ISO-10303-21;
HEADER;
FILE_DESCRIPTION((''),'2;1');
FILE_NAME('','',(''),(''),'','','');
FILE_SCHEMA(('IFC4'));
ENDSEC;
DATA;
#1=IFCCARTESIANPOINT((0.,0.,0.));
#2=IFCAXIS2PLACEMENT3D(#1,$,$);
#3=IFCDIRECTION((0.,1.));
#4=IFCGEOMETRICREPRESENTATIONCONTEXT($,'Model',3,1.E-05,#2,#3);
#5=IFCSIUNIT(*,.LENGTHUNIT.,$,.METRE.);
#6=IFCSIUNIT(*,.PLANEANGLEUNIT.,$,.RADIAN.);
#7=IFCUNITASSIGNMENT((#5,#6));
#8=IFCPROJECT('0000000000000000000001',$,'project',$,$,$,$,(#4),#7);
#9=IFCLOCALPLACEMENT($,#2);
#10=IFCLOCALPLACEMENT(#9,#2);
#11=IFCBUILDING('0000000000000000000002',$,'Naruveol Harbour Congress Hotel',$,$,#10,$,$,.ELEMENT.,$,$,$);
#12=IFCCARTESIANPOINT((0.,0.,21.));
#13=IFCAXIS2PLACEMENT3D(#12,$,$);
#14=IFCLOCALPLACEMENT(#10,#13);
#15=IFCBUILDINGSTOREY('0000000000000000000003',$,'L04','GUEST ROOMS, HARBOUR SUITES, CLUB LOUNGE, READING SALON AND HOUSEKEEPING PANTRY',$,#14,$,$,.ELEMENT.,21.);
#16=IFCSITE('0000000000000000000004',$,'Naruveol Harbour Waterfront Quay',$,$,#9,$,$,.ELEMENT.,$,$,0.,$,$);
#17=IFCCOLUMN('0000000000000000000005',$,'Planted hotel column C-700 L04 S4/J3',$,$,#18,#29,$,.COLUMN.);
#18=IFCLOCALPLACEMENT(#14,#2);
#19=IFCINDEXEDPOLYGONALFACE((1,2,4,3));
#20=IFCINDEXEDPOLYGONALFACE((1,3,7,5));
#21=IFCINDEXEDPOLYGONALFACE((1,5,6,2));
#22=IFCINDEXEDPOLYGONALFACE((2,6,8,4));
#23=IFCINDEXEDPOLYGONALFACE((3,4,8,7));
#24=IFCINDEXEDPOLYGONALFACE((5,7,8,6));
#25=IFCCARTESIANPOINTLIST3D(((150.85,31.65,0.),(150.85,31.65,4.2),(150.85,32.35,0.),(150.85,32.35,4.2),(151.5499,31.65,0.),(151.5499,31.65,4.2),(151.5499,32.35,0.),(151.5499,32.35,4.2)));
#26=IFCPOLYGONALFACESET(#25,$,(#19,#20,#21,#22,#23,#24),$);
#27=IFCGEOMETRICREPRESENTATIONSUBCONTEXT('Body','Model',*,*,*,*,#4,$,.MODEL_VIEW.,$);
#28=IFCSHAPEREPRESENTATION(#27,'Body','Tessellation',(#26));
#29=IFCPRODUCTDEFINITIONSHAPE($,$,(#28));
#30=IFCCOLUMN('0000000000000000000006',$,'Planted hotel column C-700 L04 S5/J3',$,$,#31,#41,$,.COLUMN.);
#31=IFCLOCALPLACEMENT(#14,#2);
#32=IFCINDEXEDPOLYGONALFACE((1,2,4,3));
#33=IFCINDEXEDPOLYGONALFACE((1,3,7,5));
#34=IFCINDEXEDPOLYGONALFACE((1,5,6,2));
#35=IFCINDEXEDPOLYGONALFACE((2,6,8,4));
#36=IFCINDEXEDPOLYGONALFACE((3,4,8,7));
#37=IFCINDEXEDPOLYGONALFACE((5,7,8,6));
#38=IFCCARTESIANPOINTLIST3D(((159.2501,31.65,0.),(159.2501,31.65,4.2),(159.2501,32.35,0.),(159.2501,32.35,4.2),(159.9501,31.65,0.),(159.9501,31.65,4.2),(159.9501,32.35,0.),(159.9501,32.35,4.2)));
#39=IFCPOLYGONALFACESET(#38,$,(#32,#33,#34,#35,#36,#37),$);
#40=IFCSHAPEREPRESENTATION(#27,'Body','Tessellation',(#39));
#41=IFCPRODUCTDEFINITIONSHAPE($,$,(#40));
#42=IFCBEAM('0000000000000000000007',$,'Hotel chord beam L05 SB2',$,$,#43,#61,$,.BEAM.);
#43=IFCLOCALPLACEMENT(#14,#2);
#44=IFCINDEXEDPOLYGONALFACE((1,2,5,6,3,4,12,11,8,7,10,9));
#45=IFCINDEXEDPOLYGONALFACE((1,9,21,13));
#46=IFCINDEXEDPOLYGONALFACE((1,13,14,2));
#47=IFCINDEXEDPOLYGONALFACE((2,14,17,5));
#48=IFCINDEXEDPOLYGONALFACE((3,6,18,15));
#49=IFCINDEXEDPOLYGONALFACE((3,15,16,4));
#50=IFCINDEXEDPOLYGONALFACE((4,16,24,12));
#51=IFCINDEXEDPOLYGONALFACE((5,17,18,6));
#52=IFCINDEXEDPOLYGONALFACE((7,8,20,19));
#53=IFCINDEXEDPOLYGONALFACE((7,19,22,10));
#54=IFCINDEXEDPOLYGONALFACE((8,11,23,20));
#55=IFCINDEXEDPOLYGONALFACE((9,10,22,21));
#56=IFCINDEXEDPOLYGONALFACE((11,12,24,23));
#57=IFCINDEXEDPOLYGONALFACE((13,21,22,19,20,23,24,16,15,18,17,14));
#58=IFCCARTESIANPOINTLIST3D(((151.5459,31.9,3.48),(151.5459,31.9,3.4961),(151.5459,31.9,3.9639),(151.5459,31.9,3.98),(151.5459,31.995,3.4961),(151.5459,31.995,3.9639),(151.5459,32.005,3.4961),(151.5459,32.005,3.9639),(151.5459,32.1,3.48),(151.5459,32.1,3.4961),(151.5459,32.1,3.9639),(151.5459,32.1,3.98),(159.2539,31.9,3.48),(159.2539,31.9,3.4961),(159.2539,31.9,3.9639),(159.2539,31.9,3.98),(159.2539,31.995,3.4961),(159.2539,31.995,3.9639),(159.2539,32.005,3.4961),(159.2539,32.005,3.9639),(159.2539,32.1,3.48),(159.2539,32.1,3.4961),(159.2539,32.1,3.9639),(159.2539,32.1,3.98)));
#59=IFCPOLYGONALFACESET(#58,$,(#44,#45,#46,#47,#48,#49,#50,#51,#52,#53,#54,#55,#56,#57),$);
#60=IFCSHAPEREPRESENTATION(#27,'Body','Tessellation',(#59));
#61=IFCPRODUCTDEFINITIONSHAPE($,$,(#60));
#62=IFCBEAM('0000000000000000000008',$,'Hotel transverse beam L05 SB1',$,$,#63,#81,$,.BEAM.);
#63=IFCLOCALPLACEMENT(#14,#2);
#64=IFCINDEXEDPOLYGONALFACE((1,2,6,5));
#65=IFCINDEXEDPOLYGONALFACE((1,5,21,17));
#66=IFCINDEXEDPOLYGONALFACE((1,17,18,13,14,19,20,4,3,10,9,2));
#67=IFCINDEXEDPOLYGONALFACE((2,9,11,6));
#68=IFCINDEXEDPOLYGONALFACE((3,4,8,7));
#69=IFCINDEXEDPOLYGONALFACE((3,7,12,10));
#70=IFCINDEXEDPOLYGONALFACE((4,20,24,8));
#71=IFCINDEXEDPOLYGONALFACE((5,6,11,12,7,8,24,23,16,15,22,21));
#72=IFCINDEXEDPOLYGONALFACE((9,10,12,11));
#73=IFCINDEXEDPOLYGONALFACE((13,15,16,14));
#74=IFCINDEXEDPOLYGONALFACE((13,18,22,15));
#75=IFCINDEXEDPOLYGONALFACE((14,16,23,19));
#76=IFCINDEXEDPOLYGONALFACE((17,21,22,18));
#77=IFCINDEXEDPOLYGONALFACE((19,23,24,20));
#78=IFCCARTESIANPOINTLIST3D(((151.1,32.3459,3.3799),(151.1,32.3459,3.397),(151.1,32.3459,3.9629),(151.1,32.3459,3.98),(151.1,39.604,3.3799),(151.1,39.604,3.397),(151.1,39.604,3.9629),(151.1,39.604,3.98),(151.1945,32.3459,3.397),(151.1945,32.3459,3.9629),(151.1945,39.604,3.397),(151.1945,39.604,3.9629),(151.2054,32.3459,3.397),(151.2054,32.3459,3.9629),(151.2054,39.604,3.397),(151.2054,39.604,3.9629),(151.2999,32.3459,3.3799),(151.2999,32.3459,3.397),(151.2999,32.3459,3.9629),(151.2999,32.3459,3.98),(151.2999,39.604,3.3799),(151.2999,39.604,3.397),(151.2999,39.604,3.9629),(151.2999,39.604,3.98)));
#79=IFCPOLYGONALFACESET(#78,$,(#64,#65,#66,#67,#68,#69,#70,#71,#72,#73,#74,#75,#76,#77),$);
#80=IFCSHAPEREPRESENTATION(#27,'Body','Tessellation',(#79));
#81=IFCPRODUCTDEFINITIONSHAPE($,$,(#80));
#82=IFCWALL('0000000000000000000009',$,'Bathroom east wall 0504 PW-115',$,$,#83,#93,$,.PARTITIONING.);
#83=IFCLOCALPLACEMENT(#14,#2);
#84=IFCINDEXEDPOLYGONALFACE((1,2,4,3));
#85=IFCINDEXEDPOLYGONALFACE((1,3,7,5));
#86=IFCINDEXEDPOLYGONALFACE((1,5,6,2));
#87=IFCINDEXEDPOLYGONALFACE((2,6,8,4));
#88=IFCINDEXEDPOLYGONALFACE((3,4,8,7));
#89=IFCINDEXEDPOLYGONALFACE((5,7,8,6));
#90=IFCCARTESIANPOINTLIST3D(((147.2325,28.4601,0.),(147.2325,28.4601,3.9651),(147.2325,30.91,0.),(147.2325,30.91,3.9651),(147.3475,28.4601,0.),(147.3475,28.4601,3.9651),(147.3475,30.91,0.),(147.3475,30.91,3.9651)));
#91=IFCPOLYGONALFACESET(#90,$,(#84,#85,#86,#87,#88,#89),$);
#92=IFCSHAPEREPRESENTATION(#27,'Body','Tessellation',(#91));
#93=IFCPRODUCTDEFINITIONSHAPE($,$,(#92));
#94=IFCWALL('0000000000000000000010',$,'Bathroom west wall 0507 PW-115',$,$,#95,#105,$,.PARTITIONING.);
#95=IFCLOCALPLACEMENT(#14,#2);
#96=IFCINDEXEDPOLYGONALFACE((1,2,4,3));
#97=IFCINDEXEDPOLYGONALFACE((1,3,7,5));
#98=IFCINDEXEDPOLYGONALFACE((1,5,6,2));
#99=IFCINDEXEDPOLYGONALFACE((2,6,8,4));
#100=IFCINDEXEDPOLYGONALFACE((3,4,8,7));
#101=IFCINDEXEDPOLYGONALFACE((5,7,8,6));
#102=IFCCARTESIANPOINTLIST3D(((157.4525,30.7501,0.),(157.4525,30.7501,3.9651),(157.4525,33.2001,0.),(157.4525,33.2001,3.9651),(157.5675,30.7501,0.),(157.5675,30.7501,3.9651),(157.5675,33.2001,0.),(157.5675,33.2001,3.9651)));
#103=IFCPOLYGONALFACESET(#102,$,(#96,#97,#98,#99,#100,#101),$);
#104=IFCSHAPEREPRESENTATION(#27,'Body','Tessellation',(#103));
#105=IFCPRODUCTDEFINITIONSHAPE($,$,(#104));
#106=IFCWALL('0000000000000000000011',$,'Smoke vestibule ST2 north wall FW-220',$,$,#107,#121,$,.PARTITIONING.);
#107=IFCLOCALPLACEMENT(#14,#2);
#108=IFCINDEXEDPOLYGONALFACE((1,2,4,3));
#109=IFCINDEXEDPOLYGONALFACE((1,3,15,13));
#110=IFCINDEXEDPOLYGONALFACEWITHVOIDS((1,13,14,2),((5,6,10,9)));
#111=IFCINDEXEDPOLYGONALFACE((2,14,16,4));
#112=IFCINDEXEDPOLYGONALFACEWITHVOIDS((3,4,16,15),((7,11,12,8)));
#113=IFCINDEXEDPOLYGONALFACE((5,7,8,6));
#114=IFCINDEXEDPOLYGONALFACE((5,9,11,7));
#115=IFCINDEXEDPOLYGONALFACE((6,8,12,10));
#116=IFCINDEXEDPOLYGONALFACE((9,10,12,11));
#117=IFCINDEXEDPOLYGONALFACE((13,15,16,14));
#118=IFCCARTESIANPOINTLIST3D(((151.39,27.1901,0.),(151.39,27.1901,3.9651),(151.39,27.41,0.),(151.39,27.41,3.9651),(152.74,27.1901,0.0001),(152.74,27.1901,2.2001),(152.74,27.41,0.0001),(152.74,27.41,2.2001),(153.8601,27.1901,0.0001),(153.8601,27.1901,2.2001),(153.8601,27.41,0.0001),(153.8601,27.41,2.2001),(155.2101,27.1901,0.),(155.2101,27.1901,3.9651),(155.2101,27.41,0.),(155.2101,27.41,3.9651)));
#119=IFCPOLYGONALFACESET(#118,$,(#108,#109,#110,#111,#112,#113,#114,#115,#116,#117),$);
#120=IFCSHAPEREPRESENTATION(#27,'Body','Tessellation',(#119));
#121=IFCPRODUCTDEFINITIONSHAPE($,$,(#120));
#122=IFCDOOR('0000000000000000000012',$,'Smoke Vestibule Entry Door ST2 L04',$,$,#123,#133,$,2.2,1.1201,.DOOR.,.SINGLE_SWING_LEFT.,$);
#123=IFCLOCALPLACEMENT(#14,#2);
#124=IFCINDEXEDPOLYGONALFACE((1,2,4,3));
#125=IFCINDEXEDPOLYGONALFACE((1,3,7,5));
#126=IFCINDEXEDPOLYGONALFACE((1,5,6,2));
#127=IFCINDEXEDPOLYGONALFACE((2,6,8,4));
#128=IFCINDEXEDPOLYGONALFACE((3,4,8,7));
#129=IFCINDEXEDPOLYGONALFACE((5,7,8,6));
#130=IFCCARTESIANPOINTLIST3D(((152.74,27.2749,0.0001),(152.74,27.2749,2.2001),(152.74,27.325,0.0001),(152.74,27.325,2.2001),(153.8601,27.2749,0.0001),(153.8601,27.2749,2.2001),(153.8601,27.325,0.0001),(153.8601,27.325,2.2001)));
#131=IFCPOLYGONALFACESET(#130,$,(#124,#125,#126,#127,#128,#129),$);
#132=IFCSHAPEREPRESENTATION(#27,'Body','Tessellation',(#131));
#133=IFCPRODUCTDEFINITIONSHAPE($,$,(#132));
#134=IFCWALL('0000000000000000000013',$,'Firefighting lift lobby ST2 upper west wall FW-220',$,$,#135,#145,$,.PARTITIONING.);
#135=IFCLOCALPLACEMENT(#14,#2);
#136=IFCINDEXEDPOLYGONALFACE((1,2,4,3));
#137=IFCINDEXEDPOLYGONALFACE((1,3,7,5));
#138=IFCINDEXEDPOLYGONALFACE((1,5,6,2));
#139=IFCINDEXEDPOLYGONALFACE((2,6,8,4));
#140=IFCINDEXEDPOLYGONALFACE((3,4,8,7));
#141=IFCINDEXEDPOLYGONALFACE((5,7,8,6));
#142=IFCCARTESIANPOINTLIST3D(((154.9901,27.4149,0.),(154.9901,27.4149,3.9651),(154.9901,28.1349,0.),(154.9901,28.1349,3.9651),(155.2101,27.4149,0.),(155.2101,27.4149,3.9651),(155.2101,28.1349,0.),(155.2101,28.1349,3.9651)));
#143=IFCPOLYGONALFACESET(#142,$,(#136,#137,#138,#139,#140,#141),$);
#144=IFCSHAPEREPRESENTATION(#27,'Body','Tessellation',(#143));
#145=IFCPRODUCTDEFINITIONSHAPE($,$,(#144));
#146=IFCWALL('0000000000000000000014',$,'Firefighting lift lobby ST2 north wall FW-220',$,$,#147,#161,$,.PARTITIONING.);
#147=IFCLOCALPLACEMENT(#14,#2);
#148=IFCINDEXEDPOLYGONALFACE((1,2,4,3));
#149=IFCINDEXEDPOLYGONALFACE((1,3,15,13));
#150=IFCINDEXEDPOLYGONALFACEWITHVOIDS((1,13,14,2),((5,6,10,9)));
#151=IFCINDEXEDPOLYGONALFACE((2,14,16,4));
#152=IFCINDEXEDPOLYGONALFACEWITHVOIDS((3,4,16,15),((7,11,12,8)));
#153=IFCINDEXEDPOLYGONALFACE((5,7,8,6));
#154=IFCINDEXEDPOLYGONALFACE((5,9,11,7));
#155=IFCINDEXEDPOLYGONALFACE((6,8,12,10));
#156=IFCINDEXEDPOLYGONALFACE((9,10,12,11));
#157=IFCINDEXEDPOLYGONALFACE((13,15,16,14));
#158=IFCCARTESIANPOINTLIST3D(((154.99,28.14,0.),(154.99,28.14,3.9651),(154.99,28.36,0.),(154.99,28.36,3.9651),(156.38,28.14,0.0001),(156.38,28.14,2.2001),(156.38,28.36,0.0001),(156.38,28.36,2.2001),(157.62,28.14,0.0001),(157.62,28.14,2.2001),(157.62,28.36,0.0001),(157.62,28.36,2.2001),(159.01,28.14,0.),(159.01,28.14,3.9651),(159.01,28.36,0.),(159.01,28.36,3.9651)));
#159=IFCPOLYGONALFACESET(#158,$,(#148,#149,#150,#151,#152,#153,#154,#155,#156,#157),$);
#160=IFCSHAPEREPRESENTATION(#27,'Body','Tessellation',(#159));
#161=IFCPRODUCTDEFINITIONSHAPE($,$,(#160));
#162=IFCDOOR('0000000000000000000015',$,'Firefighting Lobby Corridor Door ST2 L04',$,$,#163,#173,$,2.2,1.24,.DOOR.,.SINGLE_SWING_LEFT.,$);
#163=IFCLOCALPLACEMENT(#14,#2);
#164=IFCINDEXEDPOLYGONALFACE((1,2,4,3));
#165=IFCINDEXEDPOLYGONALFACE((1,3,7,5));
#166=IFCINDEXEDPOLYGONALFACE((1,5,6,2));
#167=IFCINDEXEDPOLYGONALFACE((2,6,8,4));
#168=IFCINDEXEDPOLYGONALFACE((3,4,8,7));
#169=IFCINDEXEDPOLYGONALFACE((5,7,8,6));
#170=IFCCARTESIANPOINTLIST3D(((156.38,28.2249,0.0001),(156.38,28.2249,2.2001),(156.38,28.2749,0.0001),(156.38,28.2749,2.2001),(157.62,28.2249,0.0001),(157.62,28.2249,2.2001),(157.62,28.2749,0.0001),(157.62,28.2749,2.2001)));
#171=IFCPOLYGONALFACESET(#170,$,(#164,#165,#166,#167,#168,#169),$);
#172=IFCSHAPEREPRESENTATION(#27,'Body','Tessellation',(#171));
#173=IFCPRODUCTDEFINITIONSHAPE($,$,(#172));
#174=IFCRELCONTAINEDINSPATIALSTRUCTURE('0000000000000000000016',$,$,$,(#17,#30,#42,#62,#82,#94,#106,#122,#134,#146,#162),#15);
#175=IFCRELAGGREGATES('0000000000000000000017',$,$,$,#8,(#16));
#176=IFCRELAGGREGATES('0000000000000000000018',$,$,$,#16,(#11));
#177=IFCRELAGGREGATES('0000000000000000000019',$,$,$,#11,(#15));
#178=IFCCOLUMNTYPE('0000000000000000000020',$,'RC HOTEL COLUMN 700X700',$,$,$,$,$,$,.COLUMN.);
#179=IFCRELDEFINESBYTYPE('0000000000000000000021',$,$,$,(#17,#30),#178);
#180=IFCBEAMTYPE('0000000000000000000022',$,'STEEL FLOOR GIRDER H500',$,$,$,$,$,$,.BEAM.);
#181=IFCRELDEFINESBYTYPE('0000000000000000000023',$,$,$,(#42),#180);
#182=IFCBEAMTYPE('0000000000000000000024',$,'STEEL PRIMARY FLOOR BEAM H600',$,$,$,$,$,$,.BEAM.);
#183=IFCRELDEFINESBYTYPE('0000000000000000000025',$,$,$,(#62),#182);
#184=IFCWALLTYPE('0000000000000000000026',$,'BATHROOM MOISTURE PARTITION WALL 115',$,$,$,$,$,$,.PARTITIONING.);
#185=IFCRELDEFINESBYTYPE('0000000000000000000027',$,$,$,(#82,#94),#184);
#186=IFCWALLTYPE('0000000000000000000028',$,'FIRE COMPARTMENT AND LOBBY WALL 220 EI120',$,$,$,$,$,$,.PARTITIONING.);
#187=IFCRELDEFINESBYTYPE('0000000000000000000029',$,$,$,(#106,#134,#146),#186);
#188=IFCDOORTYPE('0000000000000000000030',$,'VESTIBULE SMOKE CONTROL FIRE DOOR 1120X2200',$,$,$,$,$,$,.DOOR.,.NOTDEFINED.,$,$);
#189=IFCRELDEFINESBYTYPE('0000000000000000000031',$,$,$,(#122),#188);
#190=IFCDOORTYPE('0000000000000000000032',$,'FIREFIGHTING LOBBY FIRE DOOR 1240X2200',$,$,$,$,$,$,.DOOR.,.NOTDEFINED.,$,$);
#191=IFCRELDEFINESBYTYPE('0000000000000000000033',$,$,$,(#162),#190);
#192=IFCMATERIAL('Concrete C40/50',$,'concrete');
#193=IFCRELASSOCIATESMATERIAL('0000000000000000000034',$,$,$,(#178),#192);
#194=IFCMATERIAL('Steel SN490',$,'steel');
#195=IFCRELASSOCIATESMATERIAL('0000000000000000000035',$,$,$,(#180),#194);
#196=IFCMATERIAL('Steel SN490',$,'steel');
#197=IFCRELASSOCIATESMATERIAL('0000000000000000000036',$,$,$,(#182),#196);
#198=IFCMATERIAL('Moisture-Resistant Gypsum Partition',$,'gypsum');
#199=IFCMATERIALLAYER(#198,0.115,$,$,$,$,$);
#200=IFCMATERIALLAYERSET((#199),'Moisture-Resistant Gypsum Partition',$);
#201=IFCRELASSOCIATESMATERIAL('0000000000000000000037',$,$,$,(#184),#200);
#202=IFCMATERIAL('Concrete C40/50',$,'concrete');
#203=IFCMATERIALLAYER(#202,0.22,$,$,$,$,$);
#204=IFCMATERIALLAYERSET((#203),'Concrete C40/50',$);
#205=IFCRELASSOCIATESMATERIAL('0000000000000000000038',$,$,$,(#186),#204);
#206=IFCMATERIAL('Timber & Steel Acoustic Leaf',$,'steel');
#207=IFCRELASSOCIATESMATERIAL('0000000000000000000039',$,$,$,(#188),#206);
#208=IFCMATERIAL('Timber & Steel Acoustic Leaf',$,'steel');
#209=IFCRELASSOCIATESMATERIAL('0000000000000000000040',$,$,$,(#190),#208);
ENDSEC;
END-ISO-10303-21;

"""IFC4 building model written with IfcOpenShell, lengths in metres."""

from ifc_helpers import new_model, si_unit, direction, frame, frame_2d, origin, origin_2d, place, context, subcontext, project, spatial, rectangle, i_section, extrude, material, layer, layer_set, material_profile, profile_set, type_object, element, fill, save


model = new_model("IFC4")

# Units and contexts
model_context = context("Model", 3, precision=1e-05, world=origin(), true_north=direction((0.0, 1.0)))
body_context = subcontext(model_context, "Body", "Model", "MODEL_VIEW")
ifc_project = project(units=[si_unit("LENGTHUNIT", "METRE"), si_unit("PLANEANGLEUNIT", "RADIAN")], contexts=[model_context])

# Site, building, storey
site_placement = place(None, origin())
site = spatial("IfcSite", under=ifc_project, at=site_placement, Name="Naruveol Harbour Waterfront Quay", CompositionType="ELEMENT", RefElevation=0.0)
building_placement = place(site_placement, origin())
building = spatial("IfcBuilding", under=site, at=building_placement, Name="Naruveol Harbour Congress Hotel", CompositionType="ELEMENT")
storey_placement = place(building_placement, frame((0.0, 0.0, 21.0)))
storey = spatial("IfcBuildingStorey", under=building, at=storey_placement, Name="L04", Description="GUEST ROOMS, HARBOUR SUITES, CLUB LOUNGE, READING SALON AND HOUSEKEEPING PANTRY", CompositionType="ELEMENT", Elevation=21.0)

# Columns
ifc_material_1 = material(Name="Concrete C40/50", Category="concrete")
ifc_material_profile_1 = material_profile(ifc_material_1, rectangle(XDim=0.7, YDim=0.7, at=origin_2d()), Name="RC-700x700")
ifc_profile_set_1 = profile_set([ifc_material_profile_1], Name="Concrete C40/50")
column_type = type_object("IfcColumnType", Name="RC HOTEL COLUMN 700X700", PredefinedType="COLUMN", material=ifc_profile_set_1)
for number, where, z_axis, x_axis, name in (
    (1, (151.2, 32.0, 0.0), (0.0, 0.0, 1.0), (1.0, 0.0, 0.0), "Planted hotel column C-700 L04 S4/J3"),
    (2, (159.6001, 32.0, 0.0), (0.0, 0.0, 1.0), (1.0, 0.0, 0.0), "Planted hotel column C-700 L04 S5/J3"),
):
    element("IfcColumn", number, at=place(storey_placement, frame(where, z_axis=z_axis, x_axis=x_axis)), inside=storey, type_object=column_type, Name=name, PredefinedType="COLUMN", context=body_context, shape_type="SweptSolid", body=[
        extrude(rectangle(XDim=0.7, YDim=0.7, at=origin_2d()), origin(), (0.0, 0.0, 1.0), 4.2),
    ])

# Beams
ifc_material_2 = material(Name="Steel SN490", Category="steel")
ifc_material_profile_2 = material_profile(ifc_material_2, i_section(OverallWidth=0.2, OverallDepth=0.5, WebThickness=0.01, FlangeThickness=0.0161, at=origin_2d()), Name="H-500x200x10x16")
ifc_profile_set_2 = profile_set([ifc_material_profile_2], Name="Steel SN490")
beam_type_1 = type_object("IfcBeamType", Name="STEEL FLOOR GIRDER H500", PredefinedType="BEAM", material=ifc_profile_set_2)
beam_1_placement = place(storey_placement, frame((151.5459, 32.0, 3.73), z_axis=(1.0, 0.0, 0.0), x_axis=(0.0, 1.0, 0.0)))
element("IfcBeam", 3, at=beam_1_placement, inside=storey, type_object=beam_type_1, Name="Hotel chord beam L05 SB2", PredefinedType="BEAM", context=body_context, shape_type="SweptSolid", body=[
    extrude(i_section(OverallWidth=0.2, OverallDepth=0.5, WebThickness=0.01, FlangeThickness=0.0161, at=origin_2d()), origin(), (0.0, 0.0, 1.0), 7.708),
])
ifc_material_3 = material(Name="Steel SN490", Category="steel")
ifc_material_profile_3 = material_profile(ifc_material_3, i_section(OverallWidth=0.2, OverallDepth=0.6001, WebThickness=0.011, FlangeThickness=0.0171, at=origin_2d()), Name="H-600x200x11x17")
ifc_profile_set_3 = profile_set([ifc_material_profile_3], Name="Steel SN490")
beam_type_2 = type_object("IfcBeamType", Name="STEEL PRIMARY FLOOR BEAM H600", PredefinedType="BEAM", material=ifc_profile_set_3)
beam_2_placement = place(storey_placement, frame((151.2, 32.3459, 3.6799), z_axis=(0.0, 1.0, 0.0), x_axis=(-1.0, 0.0, 0.0)))
element("IfcBeam", 4, at=beam_2_placement, inside=storey, type_object=beam_type_2, Name="Hotel transverse beam L05 SB1", PredefinedType="BEAM", context=body_context, shape_type="SweptSolid", body=[
    extrude(i_section(OverallWidth=0.2, OverallDepth=0.6001, WebThickness=0.011, FlangeThickness=0.0171, at=origin_2d()), origin(), (0.0, 0.0, 1.0), 7.2581),
])

# Walls
ifc_material_4 = material(Name="Moisture-Resistant Gypsum Partition", Category="gypsum")
ifc_layer_1 = layer(ifc_material_4, 0.115)
ifc_layer_set_1 = layer_set([ifc_layer_1], Name="Moisture-Resistant Gypsum Partition")
wall_type_1 = type_object("IfcWallType", Name="BATHROOM MOISTURE PARTITION WALL 115", PredefinedType="PARTITIONING", material=ifc_layer_set_1)
for number, where, z_axis, x_axis, name in (
    (5, (147.29, 28.46, 0.0), (0.0, 0.0, 1.0), (0.0, 1.0, 0.0), "Bathroom east wall 0504 PW-115"),
    (6, (157.51, 30.75, 0.0), (0.0, 0.0, 1.0), (0.0, 1.0, 0.0), "Bathroom west wall 0507 PW-115"),
):
    element("IfcWall", number, at=place(storey_placement, frame(where, z_axis=z_axis, x_axis=x_axis)), inside=storey, type_object=wall_type_1, Name=name, PredefinedType="PARTITIONING", context=body_context, shape_type="SweptSolid", body=[
        extrude(rectangle(XDim=2.45, YDim=0.115, at=frame_2d((1.2251, 0.0))), origin(), (0.0, 0.0, 1.0), 3.9651),
    ])

# Wall, opening, door
ifc_material_5 = material(Name="Concrete C40/50", Category="concrete")
ifc_layer_2 = layer(ifc_material_5, 0.22)
ifc_layer_set_2 = layer_set([ifc_layer_2], Name="Concrete C40/50")
wall_type_2 = type_object("IfcWallType", Name="FIRE COMPARTMENT AND LOBBY WALL 220 EI120", PredefinedType="PARTITIONING", material=ifc_layer_set_2)
wall_1_placement = place(storey_placement, frame((151.3899, 27.3, 0.0), z_axis=(0.0, 0.0, 1.0), x_axis=(1.0, 0.0, 0.0)))
wall_1 = element("IfcWall", 7, at=wall_1_placement, inside=storey, type_object=wall_type_2, Name="Smoke vestibule ST2 north wall FW-220", PredefinedType="PARTITIONING", context=body_context, shape_type="SweptSolid", body=[
    extrude(rectangle(XDim=3.8201, YDim=0.22, at=frame_2d((1.9102, 0.0))), origin(), (0.0, 0.0, 1.0), 3.9651),
])
opening_1_placement = place(wall_1_placement, frame((1.3501, 0.0, 0.0)))
opening_1 = element("IfcOpeningElement", 8, at=opening_1_placement, cuts=wall_1, PredefinedType="OPENING", context=body_context, shape_type="SweptSolid", body=[
    extrude(rectangle(XDim=1.1201, YDim=2.2, at=frame_2d((0.5601, 1.1001))), frame((0.0, 0.1199, 0.0), z_axis=(0.0, -1.0, 0.0), x_axis=(1.0, 0.0, 0.0)), (0.0, 0.0, 1.0), 0.24),
])
ifc_material_6 = material(Name="Timber & Steel Acoustic Leaf", Category="steel")
door_type_1 = type_object("IfcDoorType", Name="VESTIBULE SMOKE CONTROL FIRE DOOR 1120X2200", OperationType="NOTDEFINED", PredefinedType="DOOR", material=ifc_material_6)
door_1_placement = place(opening_1_placement, origin())
door_1 = element("IfcDoor", 9, at=door_1_placement, inside=storey, type_object=door_type_1, Name="Smoke Vestibule Entry Door ST2 L04", OperationType="SINGLE_SWING_LEFT", OverallHeight=2.2, OverallWidth=1.1201, PredefinedType="DOOR", context=body_context, shape_type="SweptSolid", body=[
    extrude(rectangle(XDim=1.1201, YDim=2.2, at=frame_2d((0.5601, 1.1001))), frame((0.0, 0.0249, 0.0), z_axis=(0.0, -1.0, 0.0), x_axis=(1.0, 0.0, 0.0)), (0.0, 0.0, 1.0), 0.05),
])
fill(opening_1, door_1)

# Wall
wall_2_placement = place(storey_placement, frame((155.1001, 27.415, 0.0), z_axis=(0.0, 0.0, 1.0), x_axis=(0.0, 1.0, 0.0)))
element("IfcWall", 10, at=wall_2_placement, inside=storey, type_object=wall_type_2, Name="Firefighting lift lobby ST2 upper west wall FW-220", PredefinedType="PARTITIONING", context=body_context, shape_type="SweptSolid", body=[
    extrude(rectangle(XDim=0.72, YDim=0.22, at=frame_2d((0.3599, 0.0))), origin(), (0.0, 0.0, 1.0), 3.9651),
])

# Wall, opening, door
wall_3_placement = place(storey_placement, frame((154.99, 28.25, 0.0), z_axis=(0.0, 0.0, 1.0), x_axis=(1.0, 0.0, 0.0)))
wall_3 = element("IfcWall", 11, at=wall_3_placement, inside=storey, type_object=wall_type_2, Name="Firefighting lift lobby ST2 north wall FW-220", PredefinedType="PARTITIONING", context=body_context, shape_type="SweptSolid", body=[
    extrude(rectangle(XDim=4.02, YDim=0.22, at=frame_2d((2.01, 0.0))), origin(), (0.0, 0.0, 1.0), 3.9651),
])
opening_2_placement = place(wall_3_placement, frame((1.3899, 0.0, 0.0)))
opening_2 = element("IfcOpeningElement", 12, at=opening_2_placement, cuts=wall_3, PredefinedType="OPENING", context=body_context, shape_type="SweptSolid", body=[
    extrude(rectangle(XDim=1.24, YDim=2.2, at=frame_2d((0.6201, 1.1001))), frame((0.0, 0.1199, 0.0), z_axis=(0.0, -1.0, 0.0), x_axis=(1.0, 0.0, 0.0)), (0.0, 0.0, 1.0), 0.24),
])
ifc_material_7 = material(Name="Timber & Steel Acoustic Leaf", Category="steel")
door_type_2 = type_object("IfcDoorType", Name="FIREFIGHTING LOBBY FIRE DOOR 1240X2200", OperationType="NOTDEFINED", PredefinedType="DOOR", material=ifc_material_7)
door_2_placement = place(opening_2_placement, origin())
door_2 = element("IfcDoor", 13, at=door_2_placement, inside=storey, type_object=door_type_2, Name="Firefighting Lobby Corridor Door ST2 L04", OperationType="SINGLE_SWING_LEFT", OverallHeight=2.2, OverallWidth=1.24, PredefinedType="DOOR", context=body_context, shape_type="SweptSolid", body=[
    extrude(rectangle(XDim=1.24, YDim=2.2, at=frame_2d((0.6201, 1.1001))), frame((0.0, 0.0249, 0.0), z_axis=(0.0, -1.0, 0.0), x_axis=(1.0, 0.0, 0.0)), (0.0, 0.0, 1.0), 0.05),
])
fill(opening_2, door_2)

save(model, "model.ifc")
